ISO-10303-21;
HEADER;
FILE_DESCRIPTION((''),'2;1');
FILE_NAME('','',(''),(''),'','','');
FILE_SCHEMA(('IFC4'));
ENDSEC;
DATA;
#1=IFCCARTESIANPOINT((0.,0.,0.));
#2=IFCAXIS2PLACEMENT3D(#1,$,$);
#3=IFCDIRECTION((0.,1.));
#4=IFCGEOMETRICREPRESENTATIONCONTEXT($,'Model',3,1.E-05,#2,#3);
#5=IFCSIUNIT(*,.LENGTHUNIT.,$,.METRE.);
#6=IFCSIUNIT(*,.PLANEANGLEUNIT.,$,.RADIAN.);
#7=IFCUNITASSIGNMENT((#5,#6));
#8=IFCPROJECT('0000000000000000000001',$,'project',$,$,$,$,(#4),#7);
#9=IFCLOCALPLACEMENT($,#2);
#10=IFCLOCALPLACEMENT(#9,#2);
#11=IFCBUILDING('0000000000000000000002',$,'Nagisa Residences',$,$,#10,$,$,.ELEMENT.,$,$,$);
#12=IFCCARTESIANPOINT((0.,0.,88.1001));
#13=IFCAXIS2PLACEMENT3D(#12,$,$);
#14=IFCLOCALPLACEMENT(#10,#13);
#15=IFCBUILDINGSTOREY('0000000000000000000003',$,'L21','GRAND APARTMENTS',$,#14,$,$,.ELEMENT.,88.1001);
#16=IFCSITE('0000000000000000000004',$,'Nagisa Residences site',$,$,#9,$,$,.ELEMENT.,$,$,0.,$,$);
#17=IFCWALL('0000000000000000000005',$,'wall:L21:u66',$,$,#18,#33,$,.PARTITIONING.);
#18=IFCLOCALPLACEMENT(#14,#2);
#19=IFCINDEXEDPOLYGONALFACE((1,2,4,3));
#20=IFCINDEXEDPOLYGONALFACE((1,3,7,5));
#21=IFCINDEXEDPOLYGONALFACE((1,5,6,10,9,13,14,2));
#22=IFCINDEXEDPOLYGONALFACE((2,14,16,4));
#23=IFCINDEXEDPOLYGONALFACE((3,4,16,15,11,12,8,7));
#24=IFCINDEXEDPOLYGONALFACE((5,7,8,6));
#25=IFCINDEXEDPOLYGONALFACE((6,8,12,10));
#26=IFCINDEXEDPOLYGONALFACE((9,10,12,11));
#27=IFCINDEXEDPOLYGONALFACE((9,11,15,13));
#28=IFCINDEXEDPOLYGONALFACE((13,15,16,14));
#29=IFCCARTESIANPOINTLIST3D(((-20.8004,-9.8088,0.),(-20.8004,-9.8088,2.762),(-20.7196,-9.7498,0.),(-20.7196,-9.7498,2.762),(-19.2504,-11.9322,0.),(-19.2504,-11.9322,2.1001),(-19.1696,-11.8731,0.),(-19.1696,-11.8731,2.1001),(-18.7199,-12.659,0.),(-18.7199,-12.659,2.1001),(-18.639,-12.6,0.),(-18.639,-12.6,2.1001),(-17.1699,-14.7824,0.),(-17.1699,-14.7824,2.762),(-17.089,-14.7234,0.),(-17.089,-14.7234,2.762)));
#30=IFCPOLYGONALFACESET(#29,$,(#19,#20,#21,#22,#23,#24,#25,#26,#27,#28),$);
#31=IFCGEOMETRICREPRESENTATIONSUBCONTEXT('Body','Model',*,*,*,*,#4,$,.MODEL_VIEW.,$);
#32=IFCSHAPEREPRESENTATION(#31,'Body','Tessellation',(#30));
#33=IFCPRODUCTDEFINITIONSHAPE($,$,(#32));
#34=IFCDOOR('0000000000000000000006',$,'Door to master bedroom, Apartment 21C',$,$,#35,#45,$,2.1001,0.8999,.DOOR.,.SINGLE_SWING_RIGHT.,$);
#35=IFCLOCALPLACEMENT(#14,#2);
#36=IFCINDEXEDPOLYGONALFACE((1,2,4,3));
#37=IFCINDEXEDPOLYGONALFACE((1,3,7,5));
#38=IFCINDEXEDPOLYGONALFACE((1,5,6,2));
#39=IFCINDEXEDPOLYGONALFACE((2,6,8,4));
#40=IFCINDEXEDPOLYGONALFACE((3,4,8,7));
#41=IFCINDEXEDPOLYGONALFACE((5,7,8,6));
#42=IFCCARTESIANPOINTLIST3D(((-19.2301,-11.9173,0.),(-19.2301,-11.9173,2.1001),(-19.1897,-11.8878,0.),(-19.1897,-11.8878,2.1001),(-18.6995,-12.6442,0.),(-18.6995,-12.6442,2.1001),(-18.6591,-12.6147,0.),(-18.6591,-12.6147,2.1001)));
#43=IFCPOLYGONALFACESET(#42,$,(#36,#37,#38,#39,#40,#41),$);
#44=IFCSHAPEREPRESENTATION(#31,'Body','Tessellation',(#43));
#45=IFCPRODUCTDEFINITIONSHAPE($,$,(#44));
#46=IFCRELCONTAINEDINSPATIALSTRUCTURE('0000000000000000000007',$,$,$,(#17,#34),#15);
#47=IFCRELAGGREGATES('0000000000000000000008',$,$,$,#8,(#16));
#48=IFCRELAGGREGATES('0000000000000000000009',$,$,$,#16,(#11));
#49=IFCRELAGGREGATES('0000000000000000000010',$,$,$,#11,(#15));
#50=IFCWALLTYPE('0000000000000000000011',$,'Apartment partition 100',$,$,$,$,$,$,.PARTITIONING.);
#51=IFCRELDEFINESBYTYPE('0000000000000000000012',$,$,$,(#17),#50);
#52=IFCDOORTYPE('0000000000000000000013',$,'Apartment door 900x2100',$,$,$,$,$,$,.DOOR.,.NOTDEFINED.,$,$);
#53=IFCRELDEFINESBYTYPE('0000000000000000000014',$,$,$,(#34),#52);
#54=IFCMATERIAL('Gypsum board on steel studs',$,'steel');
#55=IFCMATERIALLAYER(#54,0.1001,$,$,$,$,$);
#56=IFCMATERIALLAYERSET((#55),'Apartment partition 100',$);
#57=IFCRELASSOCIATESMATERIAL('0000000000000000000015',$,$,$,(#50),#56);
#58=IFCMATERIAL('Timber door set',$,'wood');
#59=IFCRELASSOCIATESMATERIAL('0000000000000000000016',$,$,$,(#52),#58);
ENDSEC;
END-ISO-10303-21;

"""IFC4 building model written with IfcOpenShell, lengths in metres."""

from ifc_helpers import new_model, si_unit, direction, frame, frame_2d, origin, place, context, subcontext, project, spatial, rectangle, extrude, material, layer, layer_set, type_object, element, fill, save


model = new_model("IFC4")

# Units and contexts
model_context = context("Model", 3, precision=1e-05, world=origin(), true_north=direction((0.0, 1.0)))
body_context = subcontext(model_context, "Body", "Model", "MODEL_VIEW")
ifc_project = project(units=[si_unit("LENGTHUNIT", "METRE"), si_unit("PLANEANGLEUNIT", "RADIAN")], contexts=[model_context])

# Site, building, storey
site_placement = place(None, origin())
site = spatial("IfcSite", under=ifc_project, at=site_placement, Name="Nagisa Residences site", CompositionType="ELEMENT", RefElevation=0.0)
building_placement = place(site_placement, origin())
building = spatial("IfcBuilding", under=site, at=building_placement, Name="Nagisa Residences", CompositionType="ELEMENT")
storey_placement = place(building_placement, frame((0.0, 0.0, 88.1001)))
storey = spatial("IfcBuildingStorey", under=building, at=storey_placement, Name="L21", Description="GRAND APARTMENTS", CompositionType="ELEMENT", Elevation=88.1001)

# Shared definitions
ifc_material_1 = material(Name="Gypsum board on steel studs", Category="steel")
ifc_layer_1 = layer(ifc_material_1, 0.1001)
ifc_layer_set_1 = layer_set([ifc_layer_1], Name="Apartment partition 100")
wall_type_1 = type_object("IfcWallType", Name="Apartment partition 100", PredefinedType="PARTITIONING", material=ifc_layer_set_1)
ifc_material_2 = material(Name="Timber door set", Category="wood")
door_type_1 = type_object("IfcDoorType", Name="Apartment door 900x2100", OperationType="NOTDEFINED", PredefinedType="DOOR", material=ifc_material_2)

# Wall, opening, door
wall_1_placement = place(storey_placement, frame((-20.76, -9.7793, 0.0), z_axis=(0.0, 0.0, 1.0), x_axis=(0.589597, -0.807698, 0.0)))
wall_1 = element("IfcWall", 1, at=wall_1_placement, inside=storey, type_object=wall_type_1, Name="wall:L21:u66", PredefinedType="PARTITIONING", context=body_context, shape_type="SweptSolid", body=[
    extrude(rectangle(XDim=6.1577, YDim=0.1001, at=frame_2d((3.0789, 0.0))), origin(), (0.0, 0.0, 1.0), 2.762),
])
opening_1_placement = place(wall_1_placement, frame((2.6289, 0.0, 0.0)))
opening_1 = element("IfcOpeningElement", 2, at=opening_1_placement, cuts=wall_1, PredefinedType="OPENING", context=body_context, shape_type="SweptSolid", body=[
    extrude(rectangle(XDim=0.8999, YDim=2.1001, at=frame_2d((0.45, 1.05))), frame((0.0, 0.0601, 0.0), z_axis=(0.0, -1.0, 0.0), x_axis=(1.0, 0.0, 0.0)), (0.0, 0.0, 1.0), 0.1201),
])
door_1_placement = place(opening_1_placement, frame((0.8999, 0.0, 0.0), x_axis=(-1.0, 0.0, 0.0)))
door_1 = element("IfcDoor", 3, at=door_1_placement, inside=storey, type_object=door_type_1, Name="Door to master bedroom, Apartment 21C", OperationType="SINGLE_SWING_RIGHT", OverallHeight=2.1001, OverallWidth=0.8999, PredefinedType="DOOR", context=body_context, shape_type="SweptSolid", body=[
    extrude(rectangle(XDim=0.8999, YDim=2.1001, at=frame_2d((0.45, 1.05))), frame((0.0, 0.0249, 0.0), z_axis=(0.0, -1.0, 0.0), x_axis=(1.0, 0.0, 0.0)), (0.0, 0.0, 1.0), 0.05),
])
fill(opening_1, door_1)

save(model, "model.ifc")
